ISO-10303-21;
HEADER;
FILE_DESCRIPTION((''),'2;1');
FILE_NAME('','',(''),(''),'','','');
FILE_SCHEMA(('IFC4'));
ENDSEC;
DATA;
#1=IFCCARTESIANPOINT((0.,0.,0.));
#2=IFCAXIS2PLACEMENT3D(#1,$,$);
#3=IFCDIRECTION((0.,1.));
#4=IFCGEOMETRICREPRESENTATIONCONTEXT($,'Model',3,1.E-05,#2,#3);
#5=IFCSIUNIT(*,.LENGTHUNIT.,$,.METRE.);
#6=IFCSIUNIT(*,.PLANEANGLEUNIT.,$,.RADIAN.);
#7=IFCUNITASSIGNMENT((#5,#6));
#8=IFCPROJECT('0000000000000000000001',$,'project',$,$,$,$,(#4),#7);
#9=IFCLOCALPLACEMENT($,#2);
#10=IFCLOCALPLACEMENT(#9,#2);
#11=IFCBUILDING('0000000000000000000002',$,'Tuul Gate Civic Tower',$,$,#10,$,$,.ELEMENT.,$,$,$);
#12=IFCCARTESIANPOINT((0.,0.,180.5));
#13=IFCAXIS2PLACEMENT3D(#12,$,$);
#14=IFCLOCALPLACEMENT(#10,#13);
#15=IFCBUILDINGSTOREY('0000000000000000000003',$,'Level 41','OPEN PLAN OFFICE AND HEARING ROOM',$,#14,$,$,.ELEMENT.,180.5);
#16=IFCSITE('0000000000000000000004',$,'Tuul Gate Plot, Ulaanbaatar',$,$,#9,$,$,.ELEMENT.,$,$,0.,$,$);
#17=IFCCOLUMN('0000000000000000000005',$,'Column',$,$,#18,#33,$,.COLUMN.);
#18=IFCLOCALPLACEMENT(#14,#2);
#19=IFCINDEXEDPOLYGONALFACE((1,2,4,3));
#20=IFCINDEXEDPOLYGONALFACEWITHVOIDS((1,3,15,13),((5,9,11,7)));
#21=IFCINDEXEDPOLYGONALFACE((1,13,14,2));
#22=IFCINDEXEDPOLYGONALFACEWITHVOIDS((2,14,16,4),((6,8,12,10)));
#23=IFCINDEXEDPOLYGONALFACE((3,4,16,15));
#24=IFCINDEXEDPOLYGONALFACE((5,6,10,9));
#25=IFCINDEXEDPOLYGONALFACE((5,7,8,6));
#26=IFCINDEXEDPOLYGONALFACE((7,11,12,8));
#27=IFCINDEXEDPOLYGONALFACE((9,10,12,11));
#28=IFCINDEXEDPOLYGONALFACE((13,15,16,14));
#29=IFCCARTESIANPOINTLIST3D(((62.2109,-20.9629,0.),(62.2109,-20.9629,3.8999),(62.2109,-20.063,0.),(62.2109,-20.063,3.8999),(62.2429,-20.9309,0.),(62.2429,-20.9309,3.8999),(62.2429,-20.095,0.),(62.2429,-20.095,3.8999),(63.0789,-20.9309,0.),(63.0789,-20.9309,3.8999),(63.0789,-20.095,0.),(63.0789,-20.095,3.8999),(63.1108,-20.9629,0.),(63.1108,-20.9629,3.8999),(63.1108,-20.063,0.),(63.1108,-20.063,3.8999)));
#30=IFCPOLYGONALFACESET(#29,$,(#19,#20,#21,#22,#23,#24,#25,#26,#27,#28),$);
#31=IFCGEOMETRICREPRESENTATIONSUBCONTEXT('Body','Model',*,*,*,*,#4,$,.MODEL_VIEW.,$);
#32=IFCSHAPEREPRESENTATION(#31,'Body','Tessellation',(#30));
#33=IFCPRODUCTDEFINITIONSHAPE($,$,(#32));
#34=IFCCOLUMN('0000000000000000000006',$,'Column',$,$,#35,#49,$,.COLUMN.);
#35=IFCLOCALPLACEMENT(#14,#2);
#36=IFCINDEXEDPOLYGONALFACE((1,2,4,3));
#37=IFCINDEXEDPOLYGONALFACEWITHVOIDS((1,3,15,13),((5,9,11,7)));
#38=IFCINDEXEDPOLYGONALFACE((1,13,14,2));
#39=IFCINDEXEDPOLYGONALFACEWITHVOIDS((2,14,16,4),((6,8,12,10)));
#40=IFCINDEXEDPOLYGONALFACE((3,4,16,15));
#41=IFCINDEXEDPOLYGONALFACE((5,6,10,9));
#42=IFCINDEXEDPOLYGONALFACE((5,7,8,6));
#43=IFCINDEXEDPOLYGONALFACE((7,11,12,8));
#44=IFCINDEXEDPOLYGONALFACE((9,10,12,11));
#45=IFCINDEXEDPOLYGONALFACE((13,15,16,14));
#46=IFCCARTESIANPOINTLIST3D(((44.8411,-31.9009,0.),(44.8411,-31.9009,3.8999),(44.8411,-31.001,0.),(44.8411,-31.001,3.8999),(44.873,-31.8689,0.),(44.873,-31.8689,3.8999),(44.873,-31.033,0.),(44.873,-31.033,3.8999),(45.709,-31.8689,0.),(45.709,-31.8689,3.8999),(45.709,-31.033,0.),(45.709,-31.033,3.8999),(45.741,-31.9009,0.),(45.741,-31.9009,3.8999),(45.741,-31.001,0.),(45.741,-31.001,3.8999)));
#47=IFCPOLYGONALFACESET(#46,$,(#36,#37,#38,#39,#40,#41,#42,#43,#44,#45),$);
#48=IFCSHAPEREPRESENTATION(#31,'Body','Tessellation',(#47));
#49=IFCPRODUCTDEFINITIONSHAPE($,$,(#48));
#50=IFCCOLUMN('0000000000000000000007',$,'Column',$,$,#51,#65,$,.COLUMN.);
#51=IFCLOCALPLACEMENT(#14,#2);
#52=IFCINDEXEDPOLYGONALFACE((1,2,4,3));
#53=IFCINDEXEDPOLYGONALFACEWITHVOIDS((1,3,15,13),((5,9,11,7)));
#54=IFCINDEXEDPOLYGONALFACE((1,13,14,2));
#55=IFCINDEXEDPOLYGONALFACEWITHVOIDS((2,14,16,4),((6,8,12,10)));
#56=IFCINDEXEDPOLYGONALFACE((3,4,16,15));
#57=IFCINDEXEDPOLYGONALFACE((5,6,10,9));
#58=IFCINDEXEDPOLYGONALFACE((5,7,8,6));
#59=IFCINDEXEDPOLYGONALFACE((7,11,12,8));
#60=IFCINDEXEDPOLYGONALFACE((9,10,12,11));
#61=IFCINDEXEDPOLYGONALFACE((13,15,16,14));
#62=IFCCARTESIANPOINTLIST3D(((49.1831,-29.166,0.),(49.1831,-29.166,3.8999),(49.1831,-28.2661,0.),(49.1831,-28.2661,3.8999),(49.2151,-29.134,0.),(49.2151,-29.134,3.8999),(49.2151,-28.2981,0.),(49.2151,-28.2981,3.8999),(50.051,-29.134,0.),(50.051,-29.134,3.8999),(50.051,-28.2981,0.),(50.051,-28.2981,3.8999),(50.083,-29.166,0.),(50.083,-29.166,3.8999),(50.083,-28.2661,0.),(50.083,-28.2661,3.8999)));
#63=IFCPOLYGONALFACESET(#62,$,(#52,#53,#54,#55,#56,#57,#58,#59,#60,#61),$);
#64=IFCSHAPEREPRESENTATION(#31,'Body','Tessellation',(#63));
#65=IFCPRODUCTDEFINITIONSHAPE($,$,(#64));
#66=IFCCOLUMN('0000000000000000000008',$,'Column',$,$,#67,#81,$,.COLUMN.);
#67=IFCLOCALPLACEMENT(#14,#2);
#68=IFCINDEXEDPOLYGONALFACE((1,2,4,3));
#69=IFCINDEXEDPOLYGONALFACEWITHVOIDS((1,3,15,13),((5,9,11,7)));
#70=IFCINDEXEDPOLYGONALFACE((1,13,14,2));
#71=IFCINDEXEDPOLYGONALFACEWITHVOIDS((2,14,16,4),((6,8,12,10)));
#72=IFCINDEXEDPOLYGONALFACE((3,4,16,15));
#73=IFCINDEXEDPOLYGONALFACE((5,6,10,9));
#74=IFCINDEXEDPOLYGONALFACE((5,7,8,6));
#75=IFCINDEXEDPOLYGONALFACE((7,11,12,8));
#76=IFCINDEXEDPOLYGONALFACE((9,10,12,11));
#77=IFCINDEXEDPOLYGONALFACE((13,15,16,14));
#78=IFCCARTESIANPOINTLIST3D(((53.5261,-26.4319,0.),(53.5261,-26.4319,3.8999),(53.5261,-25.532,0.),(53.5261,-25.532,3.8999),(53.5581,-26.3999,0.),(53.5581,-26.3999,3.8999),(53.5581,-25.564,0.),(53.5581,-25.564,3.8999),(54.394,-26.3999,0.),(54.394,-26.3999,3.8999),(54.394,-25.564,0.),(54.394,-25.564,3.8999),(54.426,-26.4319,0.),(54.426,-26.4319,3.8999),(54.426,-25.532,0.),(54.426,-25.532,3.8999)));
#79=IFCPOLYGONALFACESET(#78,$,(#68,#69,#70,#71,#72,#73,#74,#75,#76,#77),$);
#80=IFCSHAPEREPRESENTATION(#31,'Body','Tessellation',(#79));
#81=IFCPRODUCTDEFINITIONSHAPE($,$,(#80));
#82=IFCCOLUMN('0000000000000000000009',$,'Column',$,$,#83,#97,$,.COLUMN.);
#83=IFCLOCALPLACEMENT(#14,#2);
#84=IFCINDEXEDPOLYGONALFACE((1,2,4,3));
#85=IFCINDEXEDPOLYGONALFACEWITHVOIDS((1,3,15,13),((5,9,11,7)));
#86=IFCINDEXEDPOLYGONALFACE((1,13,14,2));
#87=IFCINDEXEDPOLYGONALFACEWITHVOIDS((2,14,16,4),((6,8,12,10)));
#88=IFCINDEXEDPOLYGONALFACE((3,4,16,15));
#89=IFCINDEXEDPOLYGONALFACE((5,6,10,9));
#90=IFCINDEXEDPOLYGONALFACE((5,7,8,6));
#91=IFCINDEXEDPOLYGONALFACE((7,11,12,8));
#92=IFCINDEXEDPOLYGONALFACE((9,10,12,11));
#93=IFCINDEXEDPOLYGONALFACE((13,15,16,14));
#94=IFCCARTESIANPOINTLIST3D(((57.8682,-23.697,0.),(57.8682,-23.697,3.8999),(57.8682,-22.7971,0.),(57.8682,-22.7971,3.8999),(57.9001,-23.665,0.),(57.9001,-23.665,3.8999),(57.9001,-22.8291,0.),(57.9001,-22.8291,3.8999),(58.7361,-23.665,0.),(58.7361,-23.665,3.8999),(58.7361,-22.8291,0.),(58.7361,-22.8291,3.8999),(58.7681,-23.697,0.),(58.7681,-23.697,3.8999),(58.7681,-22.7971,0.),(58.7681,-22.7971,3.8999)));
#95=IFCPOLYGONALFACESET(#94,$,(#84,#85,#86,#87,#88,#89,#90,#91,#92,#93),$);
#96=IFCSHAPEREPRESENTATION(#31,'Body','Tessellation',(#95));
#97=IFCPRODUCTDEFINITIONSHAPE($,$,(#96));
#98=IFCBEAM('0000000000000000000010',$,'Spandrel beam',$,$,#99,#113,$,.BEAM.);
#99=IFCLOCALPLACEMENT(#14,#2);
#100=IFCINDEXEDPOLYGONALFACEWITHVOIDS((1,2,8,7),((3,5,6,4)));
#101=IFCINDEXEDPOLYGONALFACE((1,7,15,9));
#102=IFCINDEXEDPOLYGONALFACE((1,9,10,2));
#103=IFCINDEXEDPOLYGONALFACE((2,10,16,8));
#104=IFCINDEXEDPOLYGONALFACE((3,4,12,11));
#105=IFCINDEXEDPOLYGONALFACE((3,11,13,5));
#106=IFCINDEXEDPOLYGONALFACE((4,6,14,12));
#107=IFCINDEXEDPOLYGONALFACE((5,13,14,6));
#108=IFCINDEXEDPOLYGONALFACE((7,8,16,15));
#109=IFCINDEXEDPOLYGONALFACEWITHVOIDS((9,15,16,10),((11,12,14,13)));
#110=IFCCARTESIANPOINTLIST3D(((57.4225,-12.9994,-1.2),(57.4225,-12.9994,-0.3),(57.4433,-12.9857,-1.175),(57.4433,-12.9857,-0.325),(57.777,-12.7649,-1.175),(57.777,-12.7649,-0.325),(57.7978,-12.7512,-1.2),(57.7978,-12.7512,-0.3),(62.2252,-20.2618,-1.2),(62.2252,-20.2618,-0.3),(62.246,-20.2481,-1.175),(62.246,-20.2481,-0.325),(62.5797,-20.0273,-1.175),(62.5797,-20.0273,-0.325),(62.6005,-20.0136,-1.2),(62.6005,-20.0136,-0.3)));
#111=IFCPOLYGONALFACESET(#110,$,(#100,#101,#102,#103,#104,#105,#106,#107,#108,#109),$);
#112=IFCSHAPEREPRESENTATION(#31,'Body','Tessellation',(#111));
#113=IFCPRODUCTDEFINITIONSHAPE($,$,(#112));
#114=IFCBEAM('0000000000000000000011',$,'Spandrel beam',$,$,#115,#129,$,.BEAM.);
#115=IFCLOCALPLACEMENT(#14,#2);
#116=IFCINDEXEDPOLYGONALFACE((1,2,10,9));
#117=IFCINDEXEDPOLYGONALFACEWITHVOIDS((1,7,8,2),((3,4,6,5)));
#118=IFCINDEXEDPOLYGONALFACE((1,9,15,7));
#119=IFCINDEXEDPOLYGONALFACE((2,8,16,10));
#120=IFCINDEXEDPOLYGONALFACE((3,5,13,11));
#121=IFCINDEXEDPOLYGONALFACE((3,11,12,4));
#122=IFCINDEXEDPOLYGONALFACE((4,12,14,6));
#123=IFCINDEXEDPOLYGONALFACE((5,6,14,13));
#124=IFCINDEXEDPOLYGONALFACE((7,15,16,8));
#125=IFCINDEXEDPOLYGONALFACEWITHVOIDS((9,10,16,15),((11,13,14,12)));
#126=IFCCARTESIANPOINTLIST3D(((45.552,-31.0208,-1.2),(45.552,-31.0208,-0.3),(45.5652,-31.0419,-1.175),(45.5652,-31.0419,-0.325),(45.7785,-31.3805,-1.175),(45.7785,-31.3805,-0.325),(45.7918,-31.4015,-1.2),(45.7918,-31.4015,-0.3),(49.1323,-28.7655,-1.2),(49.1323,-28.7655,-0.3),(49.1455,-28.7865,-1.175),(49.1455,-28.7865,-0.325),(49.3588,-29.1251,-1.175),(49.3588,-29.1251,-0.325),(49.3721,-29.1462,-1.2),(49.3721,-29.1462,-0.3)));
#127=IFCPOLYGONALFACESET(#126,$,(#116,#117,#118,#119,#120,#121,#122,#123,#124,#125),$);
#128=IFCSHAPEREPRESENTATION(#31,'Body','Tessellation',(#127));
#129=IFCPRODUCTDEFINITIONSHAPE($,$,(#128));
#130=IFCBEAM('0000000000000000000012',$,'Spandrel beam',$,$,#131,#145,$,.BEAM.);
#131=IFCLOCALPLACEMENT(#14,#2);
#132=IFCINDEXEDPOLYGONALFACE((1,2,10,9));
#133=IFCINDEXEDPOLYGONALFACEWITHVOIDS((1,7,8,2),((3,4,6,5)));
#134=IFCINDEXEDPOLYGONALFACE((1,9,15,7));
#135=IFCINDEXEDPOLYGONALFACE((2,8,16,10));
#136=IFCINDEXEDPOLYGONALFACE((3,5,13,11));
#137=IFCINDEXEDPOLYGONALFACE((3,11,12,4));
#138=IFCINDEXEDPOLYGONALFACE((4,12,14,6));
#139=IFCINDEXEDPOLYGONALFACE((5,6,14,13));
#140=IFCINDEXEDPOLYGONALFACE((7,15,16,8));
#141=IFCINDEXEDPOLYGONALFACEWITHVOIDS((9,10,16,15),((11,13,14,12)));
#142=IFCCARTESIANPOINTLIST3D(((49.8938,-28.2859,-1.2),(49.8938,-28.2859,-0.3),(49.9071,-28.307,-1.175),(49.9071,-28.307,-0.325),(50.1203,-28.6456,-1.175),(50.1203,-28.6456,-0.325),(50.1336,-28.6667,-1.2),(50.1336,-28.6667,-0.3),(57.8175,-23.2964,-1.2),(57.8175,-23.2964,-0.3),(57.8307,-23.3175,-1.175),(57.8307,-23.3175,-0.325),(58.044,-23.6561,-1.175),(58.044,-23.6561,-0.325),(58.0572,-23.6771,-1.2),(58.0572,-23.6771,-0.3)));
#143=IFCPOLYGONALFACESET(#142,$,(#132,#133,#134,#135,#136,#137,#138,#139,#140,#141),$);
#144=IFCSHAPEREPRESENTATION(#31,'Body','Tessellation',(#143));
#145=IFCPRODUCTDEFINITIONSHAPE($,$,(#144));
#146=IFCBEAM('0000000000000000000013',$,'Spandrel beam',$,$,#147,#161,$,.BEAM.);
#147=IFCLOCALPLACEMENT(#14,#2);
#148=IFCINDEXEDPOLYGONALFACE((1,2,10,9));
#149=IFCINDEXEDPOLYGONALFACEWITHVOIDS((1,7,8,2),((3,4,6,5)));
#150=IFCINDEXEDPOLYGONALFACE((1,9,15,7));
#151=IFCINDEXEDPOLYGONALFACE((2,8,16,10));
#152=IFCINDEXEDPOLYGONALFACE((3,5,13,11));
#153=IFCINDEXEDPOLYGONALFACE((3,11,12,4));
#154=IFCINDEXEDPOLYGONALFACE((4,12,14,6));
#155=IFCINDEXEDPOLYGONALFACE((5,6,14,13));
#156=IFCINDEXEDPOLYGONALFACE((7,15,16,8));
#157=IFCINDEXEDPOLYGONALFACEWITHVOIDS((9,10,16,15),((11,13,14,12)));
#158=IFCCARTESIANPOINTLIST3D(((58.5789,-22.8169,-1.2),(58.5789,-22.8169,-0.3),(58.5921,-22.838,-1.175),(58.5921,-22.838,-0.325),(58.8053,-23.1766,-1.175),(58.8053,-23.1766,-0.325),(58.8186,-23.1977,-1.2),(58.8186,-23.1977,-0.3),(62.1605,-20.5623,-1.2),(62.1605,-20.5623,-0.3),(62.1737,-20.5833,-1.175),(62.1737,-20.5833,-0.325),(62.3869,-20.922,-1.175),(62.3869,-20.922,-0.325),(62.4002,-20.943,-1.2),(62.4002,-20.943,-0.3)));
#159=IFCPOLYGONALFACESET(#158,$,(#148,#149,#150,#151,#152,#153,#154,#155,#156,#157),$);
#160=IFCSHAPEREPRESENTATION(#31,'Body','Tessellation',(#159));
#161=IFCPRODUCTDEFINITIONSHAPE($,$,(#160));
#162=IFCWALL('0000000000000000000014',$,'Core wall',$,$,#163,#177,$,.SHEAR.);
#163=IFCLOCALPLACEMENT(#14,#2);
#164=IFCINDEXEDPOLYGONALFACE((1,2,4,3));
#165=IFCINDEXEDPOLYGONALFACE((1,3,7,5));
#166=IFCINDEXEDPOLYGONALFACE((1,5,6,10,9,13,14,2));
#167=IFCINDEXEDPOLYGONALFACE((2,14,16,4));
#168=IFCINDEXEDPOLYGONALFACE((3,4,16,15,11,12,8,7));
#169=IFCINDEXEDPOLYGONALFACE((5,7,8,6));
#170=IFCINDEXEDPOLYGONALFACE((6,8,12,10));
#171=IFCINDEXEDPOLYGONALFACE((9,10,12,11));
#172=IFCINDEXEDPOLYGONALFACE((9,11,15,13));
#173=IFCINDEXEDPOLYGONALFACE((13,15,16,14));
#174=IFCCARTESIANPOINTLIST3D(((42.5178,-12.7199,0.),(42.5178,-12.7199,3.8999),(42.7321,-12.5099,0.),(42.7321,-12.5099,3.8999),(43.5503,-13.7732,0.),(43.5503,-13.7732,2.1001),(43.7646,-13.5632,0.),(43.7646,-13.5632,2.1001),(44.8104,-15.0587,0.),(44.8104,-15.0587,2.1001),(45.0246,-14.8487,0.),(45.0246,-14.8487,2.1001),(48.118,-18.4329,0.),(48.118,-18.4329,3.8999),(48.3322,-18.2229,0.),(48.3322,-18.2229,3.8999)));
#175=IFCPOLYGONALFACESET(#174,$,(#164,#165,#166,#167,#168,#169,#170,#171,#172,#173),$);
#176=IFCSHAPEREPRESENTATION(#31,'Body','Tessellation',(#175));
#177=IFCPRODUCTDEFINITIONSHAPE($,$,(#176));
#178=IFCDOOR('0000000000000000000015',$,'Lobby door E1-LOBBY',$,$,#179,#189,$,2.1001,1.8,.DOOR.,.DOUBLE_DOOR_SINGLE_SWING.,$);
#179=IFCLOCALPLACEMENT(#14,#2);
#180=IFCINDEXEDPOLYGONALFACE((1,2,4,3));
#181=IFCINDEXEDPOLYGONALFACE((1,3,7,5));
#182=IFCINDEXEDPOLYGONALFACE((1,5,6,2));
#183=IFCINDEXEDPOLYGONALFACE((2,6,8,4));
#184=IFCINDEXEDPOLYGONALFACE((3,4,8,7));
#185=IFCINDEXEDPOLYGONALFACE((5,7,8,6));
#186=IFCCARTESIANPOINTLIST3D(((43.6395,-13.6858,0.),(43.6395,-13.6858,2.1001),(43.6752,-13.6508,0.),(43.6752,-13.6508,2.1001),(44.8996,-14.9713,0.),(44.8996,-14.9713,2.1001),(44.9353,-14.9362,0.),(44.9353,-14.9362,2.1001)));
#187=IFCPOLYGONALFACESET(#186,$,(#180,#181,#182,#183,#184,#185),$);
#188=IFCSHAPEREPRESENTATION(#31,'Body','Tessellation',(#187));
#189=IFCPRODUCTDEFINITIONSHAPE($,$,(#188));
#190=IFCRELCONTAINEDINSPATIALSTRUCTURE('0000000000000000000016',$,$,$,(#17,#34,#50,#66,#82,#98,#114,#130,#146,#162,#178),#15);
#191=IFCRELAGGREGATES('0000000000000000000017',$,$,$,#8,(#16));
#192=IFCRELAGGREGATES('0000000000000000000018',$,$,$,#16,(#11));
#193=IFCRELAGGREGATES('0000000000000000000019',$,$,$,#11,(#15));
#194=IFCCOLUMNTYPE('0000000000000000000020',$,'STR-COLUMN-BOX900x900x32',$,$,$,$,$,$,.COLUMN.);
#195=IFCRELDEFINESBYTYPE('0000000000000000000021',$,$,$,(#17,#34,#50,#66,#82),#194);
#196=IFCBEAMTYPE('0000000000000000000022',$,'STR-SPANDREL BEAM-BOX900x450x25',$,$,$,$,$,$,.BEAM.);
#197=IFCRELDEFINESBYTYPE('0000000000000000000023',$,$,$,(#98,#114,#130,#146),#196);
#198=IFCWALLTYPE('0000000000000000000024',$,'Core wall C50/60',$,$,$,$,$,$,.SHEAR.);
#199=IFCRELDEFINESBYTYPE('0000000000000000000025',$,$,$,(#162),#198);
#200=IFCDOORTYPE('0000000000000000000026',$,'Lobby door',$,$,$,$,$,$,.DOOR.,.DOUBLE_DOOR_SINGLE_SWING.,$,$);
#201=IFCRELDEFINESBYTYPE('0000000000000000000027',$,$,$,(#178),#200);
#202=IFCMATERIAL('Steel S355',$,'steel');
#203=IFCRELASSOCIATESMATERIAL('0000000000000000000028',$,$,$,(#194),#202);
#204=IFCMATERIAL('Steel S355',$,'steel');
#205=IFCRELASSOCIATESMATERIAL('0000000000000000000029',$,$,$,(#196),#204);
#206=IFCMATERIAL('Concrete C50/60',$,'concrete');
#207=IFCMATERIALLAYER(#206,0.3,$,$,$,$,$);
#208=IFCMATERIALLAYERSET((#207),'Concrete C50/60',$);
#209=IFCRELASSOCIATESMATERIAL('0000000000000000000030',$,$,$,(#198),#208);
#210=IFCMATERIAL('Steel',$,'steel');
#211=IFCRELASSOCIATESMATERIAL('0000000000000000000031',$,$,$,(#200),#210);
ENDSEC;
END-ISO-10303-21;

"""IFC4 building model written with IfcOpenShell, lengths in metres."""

from ifc_helpers import new_model, si_unit, direction, frame, frame_2d, origin, origin_2d, place, context, subcontext, project, spatial, rectangle, hollow_rectangle, extrude, material, layer, layer_set, material_profile, profile_set, type_object, element, fill, save


model = new_model("IFC4")

# Units and contexts
model_context = context("Model", 3, precision=1e-05, world=origin(), true_north=direction((0.0, 1.0)))
body_context = subcontext(model_context, "Body", "Model", "MODEL_VIEW")
ifc_project = project(units=[si_unit("LENGTHUNIT", "METRE"), si_unit("PLANEANGLEUNIT", "RADIAN")], contexts=[model_context])

# Site, building, storey
site_placement = place(None, origin())
site = spatial("IfcSite", under=ifc_project, at=site_placement, Name="Tuul Gate Plot, Ulaanbaatar", CompositionType="ELEMENT", RefElevation=0.0)
building_placement = place(site_placement, origin())
building = spatial("IfcBuilding", under=site, at=building_placement, Name="Tuul Gate Civic Tower", CompositionType="ELEMENT")
storey_placement = place(building_placement, frame((0.0, 0.0, 180.5)))
storey = spatial("IfcBuildingStorey", under=building, at=storey_placement, Name="Level 41", Description="OPEN PLAN OFFICE AND HEARING ROOM", CompositionType="ELEMENT", Elevation=180.5)

# Columns
ifc_material_1 = material(Name="Steel S355", Category="steel")
ifc_material_profile_1 = material_profile(ifc_material_1, hollow_rectangle(XDim=0.8999, YDim=0.8999, WallThickness=0.032, at=origin_2d()), Name="BOX900x900x32")
ifc_profile_set_1 = profile_set([ifc_material_profile_1], Name="Steel S355")
column_type = type_object("IfcColumnType", Name="STR-COLUMN-BOX900x900x32", PredefinedType="COLUMN", material=ifc_profile_set_1)
for number, where, z_axis, x_axis, name in (
    (1, (62.6609, -20.5129, 0.0), (0.0, 0.0, 1.0), (1.0, 0.0, 0.0), "Column"),
    (2, (45.291, -31.4509, 0.0), (0.0, 0.0, 1.0), (1.0, 0.0, 0.0), "Column"),
    (3, (49.6331, -28.7161, 0.0), (0.0, 0.0, 1.0), (1.0, 0.0, 0.0), "Column"),
    (4, (53.9761, -25.9819, 0.0), (0.0, 0.0, 1.0), (1.0, 0.0, 0.0), "Column"),
    (5, (58.3181, -23.2471, 0.0), (0.0, 0.0, 1.0), (1.0, 0.0, 0.0), "Column"),
):
    element("IfcColumn", number, at=place(storey_placement, frame(where, z_axis=z_axis, x_axis=x_axis)), inside=storey, type_object=column_type, Name=name, PredefinedType="COLUMN", context=body_context, shape_type="SweptSolid", body=[
        extrude(hollow_rectangle(XDim=0.8999, YDim=0.8999, WallThickness=0.032, at=origin_2d()), origin(), (0.0, 0.0, 1.0), 3.8999),
    ])

# Beams
ifc_material_2 = material(Name="Steel S355", Category="steel")
ifc_material_profile_2 = material_profile(ifc_material_2, hollow_rectangle(XDim=0.45, YDim=0.8999, WallThickness=0.0249, at=origin_2d()), Name="BOX900x450x25")
ifc_profile_set_2 = profile_set([ifc_material_profile_2], Name="Steel S355")
beam_type = type_object("IfcBeamType", Name="STR-SPANDREL BEAM-BOX900x450x25", PredefinedType="BEAM", material=ifc_profile_set_2)
beam_1_placement = place(storey_placement, frame((62.4128, -20.1377, -0.75), z_axis=(-0.551603, 0.834107, 0.0), x_axis=(-0.834107, -0.551603, 0.0)))
element("IfcBeam", 6, at=beam_1_placement, inside=storey, type_object=beam_type, Name="Spandrel beam", PredefinedType="BEAM", context=body_context, shape_type="SweptSolid", body=[
    extrude(hollow_rectangle(XDim=0.45, YDim=0.8999, WallThickness=0.0249, at=origin_2d()), origin(), (0.0, 0.0, 1.0), 8.7068),
])
beam_2_placement = place(storey_placement, frame((45.6719, -31.2112, -0.75), z_axis=(0.846116, 0.532998, 0.0), x_axis=(-0.532998, 0.846116, 0.0)))
element("IfcBeam", 7, at=beam_2_placement, inside=storey, type_object=beam_type, Name="Spandrel beam", PredefinedType="BEAM", context=body_context, shape_type="SweptSolid", body=[
    extrude(hollow_rectangle(XDim=0.45, YDim=0.8999, WallThickness=0.0249, at=origin_2d()), origin(), (0.0, 0.0, 1.0), 4.2314),
])
beam_3_placement = place(storey_placement, frame((50.0137, -28.4763, -0.75), z_axis=(0.846205, 0.532858, 0.0), x_axis=(-0.532858, 0.846205, 0.0)))
element("IfcBeam", 8, at=beam_3_placement, inside=storey, type_object=beam_type, Name="Spandrel beam", PredefinedType="BEAM", context=body_context, shape_type="SweptSolid", body=[
    extrude(hollow_rectangle(XDim=0.45, YDim=0.8999, WallThickness=0.0249, at=origin_2d()), origin(), (0.0, 0.0, 1.0), 9.3638),
])
beam_4_placement = place(storey_placement, frame((58.6987, -23.0073, -0.75), z_axis=(0.846276, 0.532744, 0.0), x_axis=(-0.532744, 0.846276, 0.0)))
element("IfcBeam", 9, at=beam_4_placement, inside=storey, type_object=beam_type, Name="Spandrel beam", PredefinedType="BEAM", context=body_context, shape_type="SweptSolid", body=[
    extrude(hollow_rectangle(XDim=0.45, YDim=0.8999, WallThickness=0.0249, at=origin_2d()), origin(), (0.0, 0.0, 1.0), 4.2322),
])

# Wall, opening, door
ifc_material_3 = material(Name="Concrete C50/60", Category="concrete")
ifc_layer_1 = layer(ifc_material_3, 0.3)
ifc_layer_set_1 = layer_set([ifc_layer_1], Name="Concrete C50/60")
wall_type_1 = type_object("IfcWallType", Name="Core wall C50/60", PredefinedType="SHEAR", material=ifc_layer_set_1)
wall_1_placement = place(storey_placement, frame((48.2251, -18.3279, 0.0), z_axis=(0.0, 0.0, 1.0), x_axis=(-0.700022, 0.714121, 0.0)))
wall_1 = element("IfcWall", 10, at=wall_1_placement, inside=storey, type_object=wall_type_1, Name="Core wall", PredefinedType="SHEAR", context=body_context, shape_type="SweptSolid", body=[
    extrude(rectangle(XDim=8.0, YDim=0.3, at=frame_2d((4.0, 0.0))), origin(), (0.0, 0.0, 1.0), 3.8999),
])
opening_1_placement = place(wall_1_placement, frame((4.7251, 0.0, 0.0)))
opening_1 = element("IfcOpeningElement", 11, at=opening_1_placement, cuts=wall_1, PredefinedType="OPENING", context=body_context, shape_type="SweptSolid", body=[
    extrude(rectangle(XDim=1.8, YDim=2.1001, at=frame_2d((0.8999, 1.05))), frame((0.0, 0.1602, 0.0), z_axis=(0.0, -1.0, 0.0), x_axis=(1.0, 0.0, 0.0)), (0.0, 0.0, 1.0), 0.3201),
])
ifc_material_4 = material(Name="Steel", Category="steel")
door_type = type_object("IfcDoorType", Name="Lobby door", OperationType="DOUBLE_DOOR_SINGLE_SWING", PredefinedType="DOOR", material=ifc_material_4)
door_placement = place(opening_1_placement, frame((1.8, 0.0, 0.0), z_axis=(0.0, 0.0, 1.0), x_axis=(-1.0, 0.0, 0.0)))
door = element("IfcDoor", 12, at=door_placement, inside=storey, type_object=door_type, Name="Lobby door E1-LOBBY", OperationType="DOUBLE_DOOR_SINGLE_SWING", OverallHeight=2.1001, OverallWidth=1.8, PredefinedType="DOOR", context=body_context, shape_type="SweptSolid", body=[
    extrude(rectangle(XDim=1.8, YDim=2.1001, at=frame_2d((0.9001, 1.05))), frame((0.0, 0.0249, 0.0), z_axis=(0.0, -1.0, 0.0), x_axis=(1.0, 0.0, 0.0)), (0.0, 0.0, 1.0), 0.05),
])
fill(opening_1, door)

save(model, "model.ifc")
